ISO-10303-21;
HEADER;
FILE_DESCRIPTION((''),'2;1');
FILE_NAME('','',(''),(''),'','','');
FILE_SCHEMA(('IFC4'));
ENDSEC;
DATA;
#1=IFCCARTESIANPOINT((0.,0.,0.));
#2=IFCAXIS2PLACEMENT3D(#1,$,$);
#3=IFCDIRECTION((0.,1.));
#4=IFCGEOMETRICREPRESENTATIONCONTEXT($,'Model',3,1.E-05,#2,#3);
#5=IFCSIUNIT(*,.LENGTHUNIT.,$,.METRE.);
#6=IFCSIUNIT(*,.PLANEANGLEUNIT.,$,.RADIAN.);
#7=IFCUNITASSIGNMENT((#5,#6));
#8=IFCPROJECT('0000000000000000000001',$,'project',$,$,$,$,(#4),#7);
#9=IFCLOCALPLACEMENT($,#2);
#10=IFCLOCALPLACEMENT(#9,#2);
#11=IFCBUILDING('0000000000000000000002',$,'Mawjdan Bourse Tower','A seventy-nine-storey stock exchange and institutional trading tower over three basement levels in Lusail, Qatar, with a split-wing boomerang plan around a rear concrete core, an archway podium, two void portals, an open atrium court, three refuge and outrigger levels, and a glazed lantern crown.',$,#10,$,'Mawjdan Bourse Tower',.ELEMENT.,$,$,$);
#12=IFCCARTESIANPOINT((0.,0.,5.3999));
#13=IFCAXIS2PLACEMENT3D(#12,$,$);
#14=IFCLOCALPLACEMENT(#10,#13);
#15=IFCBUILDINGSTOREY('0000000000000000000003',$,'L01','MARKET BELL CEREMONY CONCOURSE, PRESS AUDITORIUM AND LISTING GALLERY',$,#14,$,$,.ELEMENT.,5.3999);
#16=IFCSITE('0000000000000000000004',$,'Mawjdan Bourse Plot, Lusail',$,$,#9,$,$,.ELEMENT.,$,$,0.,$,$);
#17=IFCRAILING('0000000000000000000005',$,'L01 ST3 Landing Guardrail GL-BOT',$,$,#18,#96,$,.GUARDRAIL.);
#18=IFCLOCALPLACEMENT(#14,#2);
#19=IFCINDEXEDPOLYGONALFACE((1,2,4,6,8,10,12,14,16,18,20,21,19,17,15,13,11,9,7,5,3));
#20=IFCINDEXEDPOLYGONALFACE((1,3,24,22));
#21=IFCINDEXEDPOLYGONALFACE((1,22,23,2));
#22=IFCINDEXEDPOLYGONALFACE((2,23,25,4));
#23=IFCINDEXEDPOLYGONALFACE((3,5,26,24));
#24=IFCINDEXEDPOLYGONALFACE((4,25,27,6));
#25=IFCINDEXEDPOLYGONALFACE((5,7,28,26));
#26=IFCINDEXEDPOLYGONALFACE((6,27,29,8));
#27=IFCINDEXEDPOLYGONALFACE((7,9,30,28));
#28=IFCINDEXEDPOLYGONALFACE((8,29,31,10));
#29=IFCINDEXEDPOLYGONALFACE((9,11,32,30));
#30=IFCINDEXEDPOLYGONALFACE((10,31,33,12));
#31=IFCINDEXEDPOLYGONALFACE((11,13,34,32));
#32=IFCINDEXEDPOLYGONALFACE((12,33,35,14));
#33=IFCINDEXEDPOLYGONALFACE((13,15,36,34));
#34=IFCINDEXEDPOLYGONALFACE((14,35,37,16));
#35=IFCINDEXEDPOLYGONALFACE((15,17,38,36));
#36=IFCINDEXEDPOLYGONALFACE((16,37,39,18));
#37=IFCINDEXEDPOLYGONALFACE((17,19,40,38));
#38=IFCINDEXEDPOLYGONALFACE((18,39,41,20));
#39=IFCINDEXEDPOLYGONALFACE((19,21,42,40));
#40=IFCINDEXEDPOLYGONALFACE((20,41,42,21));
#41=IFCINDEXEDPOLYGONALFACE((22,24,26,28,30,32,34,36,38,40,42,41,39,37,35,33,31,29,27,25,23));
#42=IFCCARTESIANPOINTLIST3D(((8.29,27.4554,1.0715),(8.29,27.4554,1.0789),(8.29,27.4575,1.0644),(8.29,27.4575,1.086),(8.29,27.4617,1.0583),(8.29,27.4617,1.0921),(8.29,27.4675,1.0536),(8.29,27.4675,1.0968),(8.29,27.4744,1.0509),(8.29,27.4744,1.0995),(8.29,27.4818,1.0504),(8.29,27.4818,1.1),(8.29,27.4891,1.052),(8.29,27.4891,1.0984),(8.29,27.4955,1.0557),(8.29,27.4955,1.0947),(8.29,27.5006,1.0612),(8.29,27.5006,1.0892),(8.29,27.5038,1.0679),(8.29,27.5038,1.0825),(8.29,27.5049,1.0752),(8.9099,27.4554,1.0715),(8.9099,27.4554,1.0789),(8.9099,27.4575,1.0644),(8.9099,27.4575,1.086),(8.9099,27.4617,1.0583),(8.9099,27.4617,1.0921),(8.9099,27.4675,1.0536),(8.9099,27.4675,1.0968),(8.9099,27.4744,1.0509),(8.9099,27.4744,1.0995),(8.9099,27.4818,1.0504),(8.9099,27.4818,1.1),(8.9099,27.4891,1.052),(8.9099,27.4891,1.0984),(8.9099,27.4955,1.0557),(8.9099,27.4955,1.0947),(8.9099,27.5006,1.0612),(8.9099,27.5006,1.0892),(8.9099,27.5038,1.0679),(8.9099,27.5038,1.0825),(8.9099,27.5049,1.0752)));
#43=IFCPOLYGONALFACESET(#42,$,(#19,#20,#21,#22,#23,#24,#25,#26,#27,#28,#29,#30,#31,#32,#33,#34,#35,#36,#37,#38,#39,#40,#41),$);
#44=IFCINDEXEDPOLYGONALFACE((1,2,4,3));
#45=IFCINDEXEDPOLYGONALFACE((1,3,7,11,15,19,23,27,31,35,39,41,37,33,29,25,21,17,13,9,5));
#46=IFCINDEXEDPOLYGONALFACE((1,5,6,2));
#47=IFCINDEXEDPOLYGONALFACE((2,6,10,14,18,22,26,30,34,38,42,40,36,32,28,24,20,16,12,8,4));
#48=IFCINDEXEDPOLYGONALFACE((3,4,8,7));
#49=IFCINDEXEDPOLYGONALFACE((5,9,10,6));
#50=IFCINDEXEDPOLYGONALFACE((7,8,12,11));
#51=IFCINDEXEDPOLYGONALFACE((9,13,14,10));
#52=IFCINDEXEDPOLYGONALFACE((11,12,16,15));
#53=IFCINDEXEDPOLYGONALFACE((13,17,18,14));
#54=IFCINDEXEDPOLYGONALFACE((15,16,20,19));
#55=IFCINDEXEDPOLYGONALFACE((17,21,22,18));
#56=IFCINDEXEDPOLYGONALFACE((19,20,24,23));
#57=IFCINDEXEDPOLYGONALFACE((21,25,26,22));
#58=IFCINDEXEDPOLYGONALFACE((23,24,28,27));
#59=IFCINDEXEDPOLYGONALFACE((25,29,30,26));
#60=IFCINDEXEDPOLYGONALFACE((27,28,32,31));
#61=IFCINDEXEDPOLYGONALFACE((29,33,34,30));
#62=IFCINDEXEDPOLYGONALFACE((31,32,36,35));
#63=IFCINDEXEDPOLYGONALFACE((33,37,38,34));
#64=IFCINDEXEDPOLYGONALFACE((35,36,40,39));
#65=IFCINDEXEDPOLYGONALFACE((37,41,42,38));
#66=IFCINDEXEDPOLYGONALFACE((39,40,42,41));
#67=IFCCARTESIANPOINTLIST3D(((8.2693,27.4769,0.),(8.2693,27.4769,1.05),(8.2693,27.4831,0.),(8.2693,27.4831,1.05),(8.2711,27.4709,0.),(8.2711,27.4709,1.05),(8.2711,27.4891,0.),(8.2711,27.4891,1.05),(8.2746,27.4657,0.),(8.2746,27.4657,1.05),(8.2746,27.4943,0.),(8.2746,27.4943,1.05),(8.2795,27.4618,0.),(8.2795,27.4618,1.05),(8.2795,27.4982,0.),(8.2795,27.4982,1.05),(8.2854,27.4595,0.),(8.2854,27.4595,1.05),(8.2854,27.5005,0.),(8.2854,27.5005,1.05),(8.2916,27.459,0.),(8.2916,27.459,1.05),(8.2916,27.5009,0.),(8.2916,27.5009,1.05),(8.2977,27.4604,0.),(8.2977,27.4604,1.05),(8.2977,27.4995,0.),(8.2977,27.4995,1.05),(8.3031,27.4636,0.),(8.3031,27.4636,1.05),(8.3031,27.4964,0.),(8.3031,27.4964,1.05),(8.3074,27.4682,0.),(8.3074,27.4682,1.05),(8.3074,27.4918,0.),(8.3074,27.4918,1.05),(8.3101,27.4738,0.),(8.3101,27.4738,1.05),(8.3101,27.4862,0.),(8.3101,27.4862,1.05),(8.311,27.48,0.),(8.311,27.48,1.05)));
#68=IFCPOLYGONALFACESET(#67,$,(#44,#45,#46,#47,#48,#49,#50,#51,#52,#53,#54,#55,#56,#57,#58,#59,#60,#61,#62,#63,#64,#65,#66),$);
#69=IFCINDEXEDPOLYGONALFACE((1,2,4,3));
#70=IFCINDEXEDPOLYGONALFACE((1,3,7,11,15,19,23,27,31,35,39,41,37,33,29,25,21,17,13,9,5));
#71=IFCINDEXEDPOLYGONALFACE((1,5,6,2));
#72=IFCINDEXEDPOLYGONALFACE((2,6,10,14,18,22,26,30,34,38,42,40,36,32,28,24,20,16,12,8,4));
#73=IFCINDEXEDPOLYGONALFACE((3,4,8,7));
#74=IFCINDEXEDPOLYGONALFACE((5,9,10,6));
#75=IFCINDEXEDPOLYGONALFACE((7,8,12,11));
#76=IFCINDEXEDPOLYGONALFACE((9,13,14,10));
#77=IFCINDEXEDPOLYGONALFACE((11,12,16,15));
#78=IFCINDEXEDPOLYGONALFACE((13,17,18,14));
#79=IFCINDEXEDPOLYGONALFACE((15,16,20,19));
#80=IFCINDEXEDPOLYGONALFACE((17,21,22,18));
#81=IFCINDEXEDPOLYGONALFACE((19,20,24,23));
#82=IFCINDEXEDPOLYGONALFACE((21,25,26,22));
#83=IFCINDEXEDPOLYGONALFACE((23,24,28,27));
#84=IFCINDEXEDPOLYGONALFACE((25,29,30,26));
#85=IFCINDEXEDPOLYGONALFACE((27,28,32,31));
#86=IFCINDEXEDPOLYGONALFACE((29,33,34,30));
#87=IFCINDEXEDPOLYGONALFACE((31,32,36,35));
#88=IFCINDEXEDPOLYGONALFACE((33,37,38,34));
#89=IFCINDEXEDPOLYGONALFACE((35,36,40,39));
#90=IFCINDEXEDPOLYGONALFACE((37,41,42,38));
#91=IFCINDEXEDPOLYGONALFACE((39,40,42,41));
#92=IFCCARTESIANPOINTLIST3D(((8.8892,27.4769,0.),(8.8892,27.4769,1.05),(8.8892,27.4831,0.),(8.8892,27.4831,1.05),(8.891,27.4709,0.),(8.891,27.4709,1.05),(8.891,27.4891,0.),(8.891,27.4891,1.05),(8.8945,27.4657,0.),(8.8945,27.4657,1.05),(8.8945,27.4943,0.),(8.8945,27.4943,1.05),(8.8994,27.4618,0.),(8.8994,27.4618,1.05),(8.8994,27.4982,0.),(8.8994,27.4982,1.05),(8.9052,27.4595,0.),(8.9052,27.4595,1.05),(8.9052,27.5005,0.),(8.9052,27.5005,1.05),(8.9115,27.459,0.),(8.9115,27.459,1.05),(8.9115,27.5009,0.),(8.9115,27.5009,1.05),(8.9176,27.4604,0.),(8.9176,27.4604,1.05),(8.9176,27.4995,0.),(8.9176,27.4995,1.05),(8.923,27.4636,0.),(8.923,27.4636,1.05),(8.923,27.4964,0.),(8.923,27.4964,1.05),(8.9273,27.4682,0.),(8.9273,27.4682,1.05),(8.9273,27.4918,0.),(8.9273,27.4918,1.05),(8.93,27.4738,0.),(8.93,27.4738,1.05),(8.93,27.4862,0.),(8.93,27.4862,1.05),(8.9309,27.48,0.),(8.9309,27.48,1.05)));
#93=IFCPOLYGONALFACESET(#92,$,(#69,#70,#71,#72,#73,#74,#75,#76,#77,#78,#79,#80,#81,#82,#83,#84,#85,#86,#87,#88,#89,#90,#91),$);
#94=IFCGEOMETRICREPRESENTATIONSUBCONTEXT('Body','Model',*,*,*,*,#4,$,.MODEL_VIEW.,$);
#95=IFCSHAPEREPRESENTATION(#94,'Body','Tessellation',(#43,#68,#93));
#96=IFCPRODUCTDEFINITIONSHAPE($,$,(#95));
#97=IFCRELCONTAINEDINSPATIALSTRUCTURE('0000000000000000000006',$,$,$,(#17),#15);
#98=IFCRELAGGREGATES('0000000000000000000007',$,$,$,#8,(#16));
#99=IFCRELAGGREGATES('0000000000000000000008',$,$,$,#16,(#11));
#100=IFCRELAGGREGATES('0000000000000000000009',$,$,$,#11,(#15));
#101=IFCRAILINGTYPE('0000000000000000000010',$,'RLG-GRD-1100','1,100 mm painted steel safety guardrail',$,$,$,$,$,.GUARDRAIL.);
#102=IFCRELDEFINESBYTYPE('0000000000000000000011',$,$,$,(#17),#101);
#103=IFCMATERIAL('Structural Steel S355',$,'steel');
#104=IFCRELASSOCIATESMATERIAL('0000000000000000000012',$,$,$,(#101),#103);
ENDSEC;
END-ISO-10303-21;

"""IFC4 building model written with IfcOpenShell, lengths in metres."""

from ifc_helpers import new_model, si_unit, direction, frame, origin, origin_2d, place, context, subcontext, project, spatial, circle, extrude, material, type_object, element, save


model = new_model("IFC4")

# Units and contexts
model_context = context("Model", 3, precision=1e-05, world=origin(), true_north=direction((0.0, 1.0)))
body_context = subcontext(model_context, "Body", "Model", "MODEL_VIEW")
ifc_project = project(units=[si_unit("LENGTHUNIT", "METRE"), si_unit("PLANEANGLEUNIT", "RADIAN")], contexts=[model_context])

# Site, building, storey
site_placement = place(None, origin())
site = spatial("IfcSite", under=ifc_project, at=site_placement, Name="Mawjdan Bourse Plot, Lusail", CompositionType="ELEMENT", RefElevation=0.0)
building_placement = place(site_placement, origin())
building = spatial("IfcBuilding", under=site, at=building_placement, Name="Mawjdan Bourse Tower", Description="A seventy-nine-storey stock exchange and institutional trading tower over three basement levels in Lusail, Qatar, with a split-wing boomerang plan around a rear concrete core, an archway podium, two void portals, an open atrium court, three refuge and outrigger levels, and a glazed lantern crown.", LongName="Mawjdan Bourse Tower", CompositionType="ELEMENT")
storey_placement = place(building_placement, frame((0.0, 0.0, 5.3999)))
storey = spatial("IfcBuildingStorey", under=building, at=storey_placement, Name="L01", Description="MARKET BELL CEREMONY CONCOURSE, PRESS AUDITORIUM AND LISTING GALLERY", CompositionType="ELEMENT", Elevation=5.3999)

# Shared definitions
ifc_material_1 = material(Name="Structural Steel S355", Category="steel")

# Railing
railing_type_1 = type_object("IfcRailingType", Name="RLG-GRD-1100", Description="1,100 mm painted steel safety guardrail", PredefinedType="GUARDRAIL", material=ifc_material_1)
for number, where, name in (
    (1, (8.29, 27.48, 0.0), "L01 ST3 Landing Guardrail GL-BOT"),
):
    element("IfcRailing", number, at=place(storey_placement, frame(where)), inside=storey, type_object=railing_type_1, Name=name, PredefinedType="GUARDRAIL", context=body_context, shape_type="SweptSolid", body=[
        extrude(circle(Radius=0.0249, at=origin_2d()), frame((0.0, 0.0, 1.0752), z_axis=(1.0, 0.0, 0.0), x_axis=(0.0, 1.0, 0.0)), (0.0, 0.0, 1.0), 0.6199),
        extrude(circle(Radius=0.021, at=origin_2d()), origin(), (0.0, 0.0, 1.0), 1.05),
        extrude(circle(Radius=0.021, at=origin_2d()), frame((0.6199, 0.0, 0.0)), (0.0, 0.0, 1.0), 1.05),
    ])

save(model, "model.ifc")
